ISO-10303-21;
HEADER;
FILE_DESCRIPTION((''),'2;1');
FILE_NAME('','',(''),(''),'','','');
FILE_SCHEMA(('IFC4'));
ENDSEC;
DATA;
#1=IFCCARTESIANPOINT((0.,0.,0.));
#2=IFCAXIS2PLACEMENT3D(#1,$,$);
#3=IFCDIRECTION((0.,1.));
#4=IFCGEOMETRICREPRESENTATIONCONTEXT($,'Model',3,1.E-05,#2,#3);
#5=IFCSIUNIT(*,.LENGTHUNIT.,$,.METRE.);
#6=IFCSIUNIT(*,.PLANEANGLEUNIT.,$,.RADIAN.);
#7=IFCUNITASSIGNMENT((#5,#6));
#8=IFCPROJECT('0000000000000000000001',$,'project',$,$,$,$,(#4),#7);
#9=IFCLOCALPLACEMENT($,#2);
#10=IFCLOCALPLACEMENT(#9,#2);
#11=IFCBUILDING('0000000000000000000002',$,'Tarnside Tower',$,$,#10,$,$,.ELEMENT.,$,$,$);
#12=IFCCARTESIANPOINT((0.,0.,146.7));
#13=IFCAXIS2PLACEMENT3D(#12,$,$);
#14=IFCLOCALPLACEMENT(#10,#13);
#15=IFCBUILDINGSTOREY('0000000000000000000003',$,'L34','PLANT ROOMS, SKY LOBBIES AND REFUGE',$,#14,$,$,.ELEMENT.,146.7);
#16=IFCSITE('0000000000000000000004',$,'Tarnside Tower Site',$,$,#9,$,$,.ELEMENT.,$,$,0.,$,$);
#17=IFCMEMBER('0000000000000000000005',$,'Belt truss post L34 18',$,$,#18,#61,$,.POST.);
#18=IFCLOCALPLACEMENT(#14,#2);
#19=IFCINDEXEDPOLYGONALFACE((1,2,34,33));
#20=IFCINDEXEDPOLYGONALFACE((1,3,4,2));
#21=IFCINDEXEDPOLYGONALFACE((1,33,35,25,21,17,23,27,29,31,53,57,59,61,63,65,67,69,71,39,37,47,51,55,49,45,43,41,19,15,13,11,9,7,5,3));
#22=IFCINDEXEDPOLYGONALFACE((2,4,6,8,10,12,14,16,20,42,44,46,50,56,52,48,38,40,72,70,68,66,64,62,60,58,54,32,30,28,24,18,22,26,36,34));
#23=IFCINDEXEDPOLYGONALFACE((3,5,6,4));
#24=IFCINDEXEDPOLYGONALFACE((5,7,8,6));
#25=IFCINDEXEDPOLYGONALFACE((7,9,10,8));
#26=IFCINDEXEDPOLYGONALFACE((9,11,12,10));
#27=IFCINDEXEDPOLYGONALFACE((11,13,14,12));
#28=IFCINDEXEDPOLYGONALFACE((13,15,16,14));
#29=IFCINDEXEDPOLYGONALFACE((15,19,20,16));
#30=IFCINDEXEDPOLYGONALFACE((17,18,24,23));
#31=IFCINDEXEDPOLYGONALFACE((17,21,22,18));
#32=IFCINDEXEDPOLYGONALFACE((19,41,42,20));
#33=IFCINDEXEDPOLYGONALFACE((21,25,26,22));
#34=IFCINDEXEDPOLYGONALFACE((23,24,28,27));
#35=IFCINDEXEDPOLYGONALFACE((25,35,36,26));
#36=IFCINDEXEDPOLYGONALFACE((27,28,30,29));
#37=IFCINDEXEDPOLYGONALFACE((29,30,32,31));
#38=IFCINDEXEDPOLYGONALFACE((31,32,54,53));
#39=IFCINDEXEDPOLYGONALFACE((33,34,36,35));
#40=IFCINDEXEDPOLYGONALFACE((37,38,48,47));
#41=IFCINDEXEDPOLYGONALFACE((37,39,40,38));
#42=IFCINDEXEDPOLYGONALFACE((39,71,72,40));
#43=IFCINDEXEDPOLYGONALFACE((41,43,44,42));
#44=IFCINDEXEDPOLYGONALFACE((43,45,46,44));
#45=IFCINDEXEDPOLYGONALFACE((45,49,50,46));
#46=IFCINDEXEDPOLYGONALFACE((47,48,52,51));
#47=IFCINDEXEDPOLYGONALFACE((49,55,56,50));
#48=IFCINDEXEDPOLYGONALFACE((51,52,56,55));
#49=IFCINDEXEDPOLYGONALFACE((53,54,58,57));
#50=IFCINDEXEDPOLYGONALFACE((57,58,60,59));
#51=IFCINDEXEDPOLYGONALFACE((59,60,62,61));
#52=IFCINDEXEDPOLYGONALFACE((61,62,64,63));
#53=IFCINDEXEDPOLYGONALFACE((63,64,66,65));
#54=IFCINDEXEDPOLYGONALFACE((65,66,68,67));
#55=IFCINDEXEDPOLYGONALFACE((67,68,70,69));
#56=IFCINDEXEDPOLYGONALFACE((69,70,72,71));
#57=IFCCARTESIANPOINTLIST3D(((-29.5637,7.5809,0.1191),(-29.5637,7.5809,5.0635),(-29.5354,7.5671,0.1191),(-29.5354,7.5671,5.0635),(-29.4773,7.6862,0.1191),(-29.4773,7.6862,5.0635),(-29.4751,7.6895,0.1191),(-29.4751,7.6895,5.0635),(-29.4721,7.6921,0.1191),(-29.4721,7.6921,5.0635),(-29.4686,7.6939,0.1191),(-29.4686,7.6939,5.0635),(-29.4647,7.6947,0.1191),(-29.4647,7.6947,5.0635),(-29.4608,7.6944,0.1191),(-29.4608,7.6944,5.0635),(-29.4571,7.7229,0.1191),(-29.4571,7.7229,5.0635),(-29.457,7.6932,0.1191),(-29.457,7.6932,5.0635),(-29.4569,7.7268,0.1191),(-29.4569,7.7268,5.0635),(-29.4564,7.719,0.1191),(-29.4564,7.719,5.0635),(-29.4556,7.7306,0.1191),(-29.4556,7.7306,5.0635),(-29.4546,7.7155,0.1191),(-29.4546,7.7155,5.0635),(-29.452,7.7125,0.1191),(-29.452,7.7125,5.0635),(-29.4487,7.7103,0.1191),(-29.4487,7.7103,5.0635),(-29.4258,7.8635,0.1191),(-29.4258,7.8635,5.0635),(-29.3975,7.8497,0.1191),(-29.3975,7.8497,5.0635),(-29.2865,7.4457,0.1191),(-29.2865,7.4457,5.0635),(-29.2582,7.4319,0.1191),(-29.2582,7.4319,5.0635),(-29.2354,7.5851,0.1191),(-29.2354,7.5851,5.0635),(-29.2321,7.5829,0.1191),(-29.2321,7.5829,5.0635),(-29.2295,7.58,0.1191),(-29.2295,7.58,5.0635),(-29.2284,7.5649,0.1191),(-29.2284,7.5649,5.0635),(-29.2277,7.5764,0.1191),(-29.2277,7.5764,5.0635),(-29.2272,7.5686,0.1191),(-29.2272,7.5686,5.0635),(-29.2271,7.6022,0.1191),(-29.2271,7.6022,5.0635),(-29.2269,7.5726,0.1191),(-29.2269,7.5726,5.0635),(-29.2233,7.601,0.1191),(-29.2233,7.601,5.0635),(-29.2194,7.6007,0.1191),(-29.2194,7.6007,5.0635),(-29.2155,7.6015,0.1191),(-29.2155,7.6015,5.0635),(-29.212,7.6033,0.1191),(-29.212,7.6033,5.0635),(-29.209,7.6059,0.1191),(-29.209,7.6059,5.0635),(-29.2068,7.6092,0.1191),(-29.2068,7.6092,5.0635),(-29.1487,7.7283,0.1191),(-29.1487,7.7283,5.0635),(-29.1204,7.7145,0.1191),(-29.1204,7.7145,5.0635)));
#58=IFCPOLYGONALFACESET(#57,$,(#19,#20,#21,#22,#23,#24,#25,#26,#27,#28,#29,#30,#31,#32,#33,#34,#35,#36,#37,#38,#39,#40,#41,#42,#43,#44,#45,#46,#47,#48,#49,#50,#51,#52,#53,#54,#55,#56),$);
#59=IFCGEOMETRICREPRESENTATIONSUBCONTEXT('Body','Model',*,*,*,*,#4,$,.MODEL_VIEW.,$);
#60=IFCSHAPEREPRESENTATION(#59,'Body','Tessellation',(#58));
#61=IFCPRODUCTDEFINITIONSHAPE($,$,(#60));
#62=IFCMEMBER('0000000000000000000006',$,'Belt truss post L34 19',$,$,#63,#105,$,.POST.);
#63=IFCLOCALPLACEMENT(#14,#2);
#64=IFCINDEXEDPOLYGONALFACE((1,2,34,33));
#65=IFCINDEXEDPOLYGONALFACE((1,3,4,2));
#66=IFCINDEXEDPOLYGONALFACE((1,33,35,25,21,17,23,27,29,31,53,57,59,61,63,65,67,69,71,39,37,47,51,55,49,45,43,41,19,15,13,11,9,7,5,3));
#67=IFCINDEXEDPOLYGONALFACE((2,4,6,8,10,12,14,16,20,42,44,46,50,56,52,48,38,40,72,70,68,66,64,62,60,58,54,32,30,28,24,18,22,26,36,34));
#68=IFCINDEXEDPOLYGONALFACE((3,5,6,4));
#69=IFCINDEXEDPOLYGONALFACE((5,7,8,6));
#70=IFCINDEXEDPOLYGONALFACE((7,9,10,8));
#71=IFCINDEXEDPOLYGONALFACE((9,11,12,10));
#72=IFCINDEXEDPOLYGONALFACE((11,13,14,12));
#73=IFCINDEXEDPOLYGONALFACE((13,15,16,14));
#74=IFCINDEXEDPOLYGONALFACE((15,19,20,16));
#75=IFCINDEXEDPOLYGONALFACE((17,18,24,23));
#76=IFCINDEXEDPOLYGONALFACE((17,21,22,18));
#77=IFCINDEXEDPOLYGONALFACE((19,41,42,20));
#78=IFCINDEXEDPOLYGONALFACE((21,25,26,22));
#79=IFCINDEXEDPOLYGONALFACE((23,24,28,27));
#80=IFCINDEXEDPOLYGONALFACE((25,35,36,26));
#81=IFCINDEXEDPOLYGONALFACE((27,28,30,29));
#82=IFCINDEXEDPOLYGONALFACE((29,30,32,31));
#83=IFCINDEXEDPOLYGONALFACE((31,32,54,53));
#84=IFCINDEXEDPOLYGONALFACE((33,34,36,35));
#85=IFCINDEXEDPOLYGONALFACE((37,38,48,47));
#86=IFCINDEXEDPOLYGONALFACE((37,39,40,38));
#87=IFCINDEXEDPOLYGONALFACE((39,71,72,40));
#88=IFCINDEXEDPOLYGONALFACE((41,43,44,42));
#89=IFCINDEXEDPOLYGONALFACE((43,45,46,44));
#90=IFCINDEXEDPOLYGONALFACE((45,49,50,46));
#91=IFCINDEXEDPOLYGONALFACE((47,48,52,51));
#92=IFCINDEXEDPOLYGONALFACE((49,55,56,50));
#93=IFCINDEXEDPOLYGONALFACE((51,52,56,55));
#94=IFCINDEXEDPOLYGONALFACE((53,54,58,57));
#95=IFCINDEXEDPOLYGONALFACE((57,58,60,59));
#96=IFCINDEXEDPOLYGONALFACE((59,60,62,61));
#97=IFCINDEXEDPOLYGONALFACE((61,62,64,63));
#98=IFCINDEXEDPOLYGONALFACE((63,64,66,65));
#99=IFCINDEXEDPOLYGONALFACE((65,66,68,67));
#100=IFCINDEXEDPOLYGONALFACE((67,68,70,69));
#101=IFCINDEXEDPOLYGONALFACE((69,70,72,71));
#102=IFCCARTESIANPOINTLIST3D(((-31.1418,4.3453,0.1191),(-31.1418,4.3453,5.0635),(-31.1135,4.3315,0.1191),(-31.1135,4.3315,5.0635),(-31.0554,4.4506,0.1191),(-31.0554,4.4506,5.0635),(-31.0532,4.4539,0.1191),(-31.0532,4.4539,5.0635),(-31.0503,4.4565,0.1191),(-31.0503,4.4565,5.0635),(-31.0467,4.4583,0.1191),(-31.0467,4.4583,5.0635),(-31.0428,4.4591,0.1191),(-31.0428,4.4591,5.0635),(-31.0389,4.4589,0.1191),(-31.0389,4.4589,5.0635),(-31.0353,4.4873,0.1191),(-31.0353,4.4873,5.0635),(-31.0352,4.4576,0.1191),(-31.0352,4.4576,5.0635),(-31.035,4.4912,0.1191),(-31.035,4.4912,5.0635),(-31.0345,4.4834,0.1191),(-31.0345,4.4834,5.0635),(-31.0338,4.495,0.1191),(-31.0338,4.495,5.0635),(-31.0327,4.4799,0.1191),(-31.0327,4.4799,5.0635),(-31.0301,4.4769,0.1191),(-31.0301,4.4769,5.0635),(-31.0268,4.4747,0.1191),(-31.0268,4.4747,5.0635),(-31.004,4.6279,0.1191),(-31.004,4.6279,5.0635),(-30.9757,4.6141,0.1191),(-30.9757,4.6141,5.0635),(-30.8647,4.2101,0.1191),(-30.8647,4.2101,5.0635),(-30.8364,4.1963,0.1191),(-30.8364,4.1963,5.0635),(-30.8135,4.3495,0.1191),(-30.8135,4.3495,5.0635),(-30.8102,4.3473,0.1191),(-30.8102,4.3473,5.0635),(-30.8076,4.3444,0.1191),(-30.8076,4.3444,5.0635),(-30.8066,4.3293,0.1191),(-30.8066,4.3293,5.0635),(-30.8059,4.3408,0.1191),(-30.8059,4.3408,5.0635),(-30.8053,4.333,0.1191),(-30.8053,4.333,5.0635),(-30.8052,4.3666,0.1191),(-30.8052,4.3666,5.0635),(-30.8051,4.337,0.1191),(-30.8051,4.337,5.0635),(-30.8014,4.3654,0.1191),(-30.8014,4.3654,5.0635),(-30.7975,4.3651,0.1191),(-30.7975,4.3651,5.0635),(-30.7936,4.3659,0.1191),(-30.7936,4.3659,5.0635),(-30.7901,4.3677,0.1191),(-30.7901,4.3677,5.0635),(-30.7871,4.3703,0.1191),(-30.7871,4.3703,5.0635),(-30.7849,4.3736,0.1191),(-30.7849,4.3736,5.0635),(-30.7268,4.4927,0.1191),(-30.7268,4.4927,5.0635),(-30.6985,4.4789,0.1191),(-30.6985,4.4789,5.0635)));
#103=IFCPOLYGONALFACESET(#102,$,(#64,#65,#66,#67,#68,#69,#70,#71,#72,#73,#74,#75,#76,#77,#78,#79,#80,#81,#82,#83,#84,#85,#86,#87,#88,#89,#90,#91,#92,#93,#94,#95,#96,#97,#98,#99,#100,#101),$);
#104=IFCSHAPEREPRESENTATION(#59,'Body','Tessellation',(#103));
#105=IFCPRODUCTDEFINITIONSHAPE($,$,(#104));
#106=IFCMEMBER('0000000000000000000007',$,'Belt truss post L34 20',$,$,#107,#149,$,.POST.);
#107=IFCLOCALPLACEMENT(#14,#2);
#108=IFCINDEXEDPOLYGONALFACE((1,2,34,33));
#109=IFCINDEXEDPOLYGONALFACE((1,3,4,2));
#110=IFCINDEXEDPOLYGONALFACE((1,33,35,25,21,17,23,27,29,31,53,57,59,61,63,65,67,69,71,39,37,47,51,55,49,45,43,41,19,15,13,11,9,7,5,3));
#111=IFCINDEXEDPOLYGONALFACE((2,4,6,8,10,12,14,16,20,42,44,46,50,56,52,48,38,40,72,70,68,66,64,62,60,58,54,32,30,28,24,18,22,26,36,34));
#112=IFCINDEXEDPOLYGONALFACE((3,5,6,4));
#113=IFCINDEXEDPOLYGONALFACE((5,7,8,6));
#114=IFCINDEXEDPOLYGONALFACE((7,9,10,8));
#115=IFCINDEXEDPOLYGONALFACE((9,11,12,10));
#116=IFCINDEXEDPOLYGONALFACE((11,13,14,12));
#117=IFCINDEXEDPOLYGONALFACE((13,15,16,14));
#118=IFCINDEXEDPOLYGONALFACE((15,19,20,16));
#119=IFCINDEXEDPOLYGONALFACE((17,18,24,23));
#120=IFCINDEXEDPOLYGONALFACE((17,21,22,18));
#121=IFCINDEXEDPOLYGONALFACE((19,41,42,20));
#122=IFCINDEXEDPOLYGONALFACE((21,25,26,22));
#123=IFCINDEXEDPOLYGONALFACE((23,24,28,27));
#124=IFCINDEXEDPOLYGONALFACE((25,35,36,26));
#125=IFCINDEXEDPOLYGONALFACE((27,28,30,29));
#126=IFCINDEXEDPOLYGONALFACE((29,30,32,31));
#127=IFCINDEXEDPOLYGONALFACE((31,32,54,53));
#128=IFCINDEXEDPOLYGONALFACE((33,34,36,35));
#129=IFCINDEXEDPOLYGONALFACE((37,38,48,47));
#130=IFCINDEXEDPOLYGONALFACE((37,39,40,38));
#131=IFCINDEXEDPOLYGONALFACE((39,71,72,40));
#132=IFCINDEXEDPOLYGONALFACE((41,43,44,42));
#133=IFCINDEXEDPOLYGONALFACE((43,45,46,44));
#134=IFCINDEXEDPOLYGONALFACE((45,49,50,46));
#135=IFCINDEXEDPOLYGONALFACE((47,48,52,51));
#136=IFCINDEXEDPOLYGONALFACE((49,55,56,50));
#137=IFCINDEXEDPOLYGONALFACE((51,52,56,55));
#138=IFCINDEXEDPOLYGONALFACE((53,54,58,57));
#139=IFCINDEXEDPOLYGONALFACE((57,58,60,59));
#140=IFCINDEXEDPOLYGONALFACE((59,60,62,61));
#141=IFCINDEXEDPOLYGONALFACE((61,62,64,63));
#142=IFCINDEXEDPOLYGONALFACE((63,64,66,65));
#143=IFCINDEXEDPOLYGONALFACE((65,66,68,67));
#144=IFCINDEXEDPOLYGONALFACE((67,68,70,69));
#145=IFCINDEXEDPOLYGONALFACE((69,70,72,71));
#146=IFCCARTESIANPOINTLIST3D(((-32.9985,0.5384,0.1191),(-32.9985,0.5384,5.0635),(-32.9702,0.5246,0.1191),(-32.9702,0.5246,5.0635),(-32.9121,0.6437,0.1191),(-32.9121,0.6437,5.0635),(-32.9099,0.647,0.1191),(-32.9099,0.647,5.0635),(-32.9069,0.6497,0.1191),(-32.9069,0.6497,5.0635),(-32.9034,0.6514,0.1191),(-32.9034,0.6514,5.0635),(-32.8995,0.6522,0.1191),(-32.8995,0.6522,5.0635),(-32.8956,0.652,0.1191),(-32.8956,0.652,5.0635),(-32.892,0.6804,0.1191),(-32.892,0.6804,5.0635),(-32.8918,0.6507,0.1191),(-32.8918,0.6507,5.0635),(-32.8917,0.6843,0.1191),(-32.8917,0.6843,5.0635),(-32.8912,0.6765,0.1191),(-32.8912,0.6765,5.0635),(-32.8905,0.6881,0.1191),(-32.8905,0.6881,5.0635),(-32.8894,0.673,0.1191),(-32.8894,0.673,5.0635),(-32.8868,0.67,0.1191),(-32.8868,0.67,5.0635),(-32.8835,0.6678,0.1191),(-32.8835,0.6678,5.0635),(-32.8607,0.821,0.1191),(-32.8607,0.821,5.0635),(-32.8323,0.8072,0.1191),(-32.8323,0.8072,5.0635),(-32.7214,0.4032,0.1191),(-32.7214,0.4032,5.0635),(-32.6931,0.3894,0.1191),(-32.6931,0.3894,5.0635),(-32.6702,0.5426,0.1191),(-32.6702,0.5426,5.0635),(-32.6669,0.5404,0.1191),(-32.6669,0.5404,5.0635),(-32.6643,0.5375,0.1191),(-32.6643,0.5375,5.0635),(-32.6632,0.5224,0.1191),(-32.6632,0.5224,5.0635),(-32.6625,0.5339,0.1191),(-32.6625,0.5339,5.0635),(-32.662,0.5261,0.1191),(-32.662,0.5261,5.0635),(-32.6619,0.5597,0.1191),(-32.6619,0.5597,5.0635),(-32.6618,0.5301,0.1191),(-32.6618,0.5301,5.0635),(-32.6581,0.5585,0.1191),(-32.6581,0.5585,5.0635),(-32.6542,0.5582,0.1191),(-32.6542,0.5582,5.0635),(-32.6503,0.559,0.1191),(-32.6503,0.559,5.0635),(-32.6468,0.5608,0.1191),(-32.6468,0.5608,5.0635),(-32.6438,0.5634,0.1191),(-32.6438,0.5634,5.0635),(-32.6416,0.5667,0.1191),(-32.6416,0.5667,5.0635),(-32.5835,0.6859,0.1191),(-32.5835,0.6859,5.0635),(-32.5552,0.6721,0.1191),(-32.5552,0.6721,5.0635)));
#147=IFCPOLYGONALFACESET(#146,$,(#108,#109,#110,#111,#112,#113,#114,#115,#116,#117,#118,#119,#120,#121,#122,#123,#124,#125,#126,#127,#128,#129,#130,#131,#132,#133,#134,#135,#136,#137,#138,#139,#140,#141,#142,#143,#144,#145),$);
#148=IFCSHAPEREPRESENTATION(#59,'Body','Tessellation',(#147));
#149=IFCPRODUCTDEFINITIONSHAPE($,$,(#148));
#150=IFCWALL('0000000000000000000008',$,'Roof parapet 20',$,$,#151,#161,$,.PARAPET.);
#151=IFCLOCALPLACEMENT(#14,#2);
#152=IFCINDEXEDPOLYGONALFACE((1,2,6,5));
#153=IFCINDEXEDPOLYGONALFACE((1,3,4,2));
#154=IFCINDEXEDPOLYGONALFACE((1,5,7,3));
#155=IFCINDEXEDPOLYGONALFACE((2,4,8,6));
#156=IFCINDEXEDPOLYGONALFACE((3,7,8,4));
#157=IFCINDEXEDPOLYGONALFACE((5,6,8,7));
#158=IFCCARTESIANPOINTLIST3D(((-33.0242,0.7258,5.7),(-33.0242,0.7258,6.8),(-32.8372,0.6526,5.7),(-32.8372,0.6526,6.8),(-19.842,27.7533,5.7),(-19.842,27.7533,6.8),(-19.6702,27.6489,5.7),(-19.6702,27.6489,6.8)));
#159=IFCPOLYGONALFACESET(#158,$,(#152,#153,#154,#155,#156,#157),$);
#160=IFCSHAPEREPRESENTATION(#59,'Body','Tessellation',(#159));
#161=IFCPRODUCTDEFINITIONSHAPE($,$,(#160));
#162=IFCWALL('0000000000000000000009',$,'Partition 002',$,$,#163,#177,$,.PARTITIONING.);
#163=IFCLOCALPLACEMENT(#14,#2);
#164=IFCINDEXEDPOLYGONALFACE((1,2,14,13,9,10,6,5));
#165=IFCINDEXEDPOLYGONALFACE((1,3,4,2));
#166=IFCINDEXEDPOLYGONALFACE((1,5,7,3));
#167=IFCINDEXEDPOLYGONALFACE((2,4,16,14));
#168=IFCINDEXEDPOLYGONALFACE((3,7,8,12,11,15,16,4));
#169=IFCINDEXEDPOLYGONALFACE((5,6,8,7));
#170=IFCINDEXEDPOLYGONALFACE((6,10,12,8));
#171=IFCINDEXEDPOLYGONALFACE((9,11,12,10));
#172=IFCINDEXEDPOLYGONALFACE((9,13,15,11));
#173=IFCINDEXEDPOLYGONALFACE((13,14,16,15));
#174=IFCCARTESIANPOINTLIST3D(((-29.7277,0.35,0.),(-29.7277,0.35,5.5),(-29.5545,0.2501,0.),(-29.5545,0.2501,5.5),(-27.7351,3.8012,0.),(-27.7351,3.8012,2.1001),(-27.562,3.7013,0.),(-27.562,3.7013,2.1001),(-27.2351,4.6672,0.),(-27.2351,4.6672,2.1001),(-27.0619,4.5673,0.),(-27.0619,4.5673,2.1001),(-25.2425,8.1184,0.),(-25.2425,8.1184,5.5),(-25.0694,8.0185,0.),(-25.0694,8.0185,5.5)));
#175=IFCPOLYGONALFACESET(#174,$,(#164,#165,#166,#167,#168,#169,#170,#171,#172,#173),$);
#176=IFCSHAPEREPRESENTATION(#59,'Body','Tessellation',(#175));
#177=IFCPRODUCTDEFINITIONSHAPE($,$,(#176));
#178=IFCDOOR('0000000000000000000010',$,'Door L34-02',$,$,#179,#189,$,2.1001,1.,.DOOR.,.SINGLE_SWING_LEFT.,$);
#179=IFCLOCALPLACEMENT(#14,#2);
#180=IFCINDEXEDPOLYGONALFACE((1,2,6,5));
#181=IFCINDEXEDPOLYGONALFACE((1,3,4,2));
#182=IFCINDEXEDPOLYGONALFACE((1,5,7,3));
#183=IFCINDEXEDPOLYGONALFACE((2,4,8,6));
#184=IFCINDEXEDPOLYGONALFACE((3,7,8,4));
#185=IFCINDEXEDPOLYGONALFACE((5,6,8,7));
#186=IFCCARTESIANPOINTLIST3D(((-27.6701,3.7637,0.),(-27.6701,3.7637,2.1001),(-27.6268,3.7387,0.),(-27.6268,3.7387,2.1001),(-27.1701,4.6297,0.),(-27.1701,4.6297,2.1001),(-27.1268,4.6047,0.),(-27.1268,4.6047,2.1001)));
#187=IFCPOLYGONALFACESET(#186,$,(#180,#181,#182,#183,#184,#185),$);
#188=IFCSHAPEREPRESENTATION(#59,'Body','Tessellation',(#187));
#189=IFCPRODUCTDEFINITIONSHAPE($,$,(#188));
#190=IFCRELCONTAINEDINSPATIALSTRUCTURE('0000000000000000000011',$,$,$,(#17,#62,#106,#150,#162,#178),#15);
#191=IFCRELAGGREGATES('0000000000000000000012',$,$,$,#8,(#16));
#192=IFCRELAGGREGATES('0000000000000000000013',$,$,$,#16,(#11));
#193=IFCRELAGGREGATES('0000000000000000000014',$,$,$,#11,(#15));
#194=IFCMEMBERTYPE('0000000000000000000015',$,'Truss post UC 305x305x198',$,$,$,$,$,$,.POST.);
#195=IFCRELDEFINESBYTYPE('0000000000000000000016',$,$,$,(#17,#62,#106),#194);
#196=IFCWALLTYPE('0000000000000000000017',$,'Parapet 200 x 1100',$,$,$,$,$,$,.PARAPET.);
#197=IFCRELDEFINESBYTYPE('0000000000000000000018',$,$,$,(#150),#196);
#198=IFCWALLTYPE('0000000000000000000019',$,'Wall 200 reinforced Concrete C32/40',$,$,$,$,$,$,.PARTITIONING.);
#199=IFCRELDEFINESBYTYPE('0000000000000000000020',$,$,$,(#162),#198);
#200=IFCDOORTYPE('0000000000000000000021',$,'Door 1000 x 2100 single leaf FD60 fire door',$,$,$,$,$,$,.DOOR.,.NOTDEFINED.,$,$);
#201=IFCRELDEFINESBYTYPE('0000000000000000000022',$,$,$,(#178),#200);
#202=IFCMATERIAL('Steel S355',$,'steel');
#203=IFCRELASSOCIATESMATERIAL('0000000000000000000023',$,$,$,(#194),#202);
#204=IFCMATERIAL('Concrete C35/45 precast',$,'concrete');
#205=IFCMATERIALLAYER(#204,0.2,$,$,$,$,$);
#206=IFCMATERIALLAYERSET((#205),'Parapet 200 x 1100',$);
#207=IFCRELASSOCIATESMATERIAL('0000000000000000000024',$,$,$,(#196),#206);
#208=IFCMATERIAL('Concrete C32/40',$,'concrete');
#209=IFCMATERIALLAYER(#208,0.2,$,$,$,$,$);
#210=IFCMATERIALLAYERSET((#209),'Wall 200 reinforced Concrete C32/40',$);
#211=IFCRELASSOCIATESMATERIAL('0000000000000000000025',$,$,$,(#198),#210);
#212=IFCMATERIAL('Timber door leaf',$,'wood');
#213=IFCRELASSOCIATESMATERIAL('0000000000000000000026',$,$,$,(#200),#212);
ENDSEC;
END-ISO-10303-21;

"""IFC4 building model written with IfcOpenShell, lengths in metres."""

from ifc_helpers import new_model, si_unit, direction, frame, frame_2d, origin, origin_2d, place, context, subcontext, project, spatial, polyline, rectangle, i_section, outline, extrude, material, layer, layer_set, material_profile, profile_set, type_object, element, fill, save


model = new_model("IFC4")

# Units and contexts
model_context = context("Model", 3, precision=1e-05, world=origin(), true_north=direction((0.0, 1.0)))
body_context = subcontext(model_context, "Body", "Model", "MODEL_VIEW")
ifc_project = project(units=[si_unit("LENGTHUNIT", "METRE"), si_unit("PLANEANGLEUNIT", "RADIAN")], contexts=[model_context])

# Site, building, storey
site_placement = place(None, origin())
site = spatial("IfcSite", under=ifc_project, at=site_placement, Name="Tarnside Tower Site", CompositionType="ELEMENT", RefElevation=0.0)
building_placement = place(site_placement, origin())
building = spatial("IfcBuilding", under=site, at=building_placement, Name="Tarnside Tower", CompositionType="ELEMENT")
storey_placement = place(building_placement, frame((0.0, 0.0, 146.7)))
storey = spatial("IfcBuildingStorey", under=building, at=storey_placement, Name="L34", Description="PLANT ROOMS, SKY LOBBIES AND REFUGE", CompositionType="ELEMENT", Elevation=146.7)

# Shared definitions
ifc_material_1 = material(Name="Steel S355", Category="steel")

# Members
ifc_material_profile_1 = material_profile(ifc_material_1, i_section(OverallWidth=0.3145, OverallDepth=0.3398, WebThickness=0.019, FlangeThickness=0.0315, FilletRadius=0.0151, at=origin_2d()), Name="UC 305x305x198")
ifc_profile_set_1 = profile_set([ifc_material_profile_1], Name="Steel S355")
member_type_1 = type_object("IfcMemberType", Name="Truss post UC 305x305x198", PredefinedType="POST", material=ifc_profile_set_1)
for number, where, z_axis, x_axis, name in (
    (1, (-29.342, 7.6477, 0.1191), (0.0, 0.0, 1.0), (-0.438371, -0.898794, 0.0), "Belt truss post L34 18"),
    (2, (-30.9202, 4.4121, 0.1191), (0.0, 0.0, 1.0), (-0.438371, -0.898794, 0.0), "Belt truss post L34 19"),
    (3, (-32.7769, 0.6052, 0.1191), (0.0, 0.0, 1.0), (-0.438371, -0.898794, 0.0), "Belt truss post L34 20"),
):
    element("IfcMember", number, at=place(storey_placement, frame(where, z_axis=z_axis, x_axis=x_axis)), inside=storey, type_object=member_type_1, Name=name, PredefinedType="POST", context=body_context, shape_type="SweptSolid", body=[
        extrude(i_section(OverallWidth=0.3145, OverallDepth=0.3398, WebThickness=0.019, FlangeThickness=0.0315, FilletRadius=0.0151, at=origin_2d()), origin(), (0.0, 0.0, 1.0), 4.9443),
    ])

# Wall
ifc_material_2 = material(Name="Concrete C35/45 precast", Category="concrete")
ifc_layer_1 = layer(ifc_material_2, 0.2)
ifc_layer_set_1 = layer_set([ifc_layer_1], Name="Parapet 200 x 1100")
wall_type_1 = type_object("IfcWallType", Name="Parapet 200 x 1100", PredefinedType="PARAPET", material=ifc_layer_set_1)
wall_1_placement = place(storey_placement, frame((-32.9307, 0.6892, 5.7), z_axis=(0.0, 0.0, 1.0), x_axis=(0.43837, 0.898795, 0.0)))
element("IfcWall", 4, at=wall_1_placement, inside=storey, type_object=wall_type_1, Name="Roof parapet 20", PredefinedType="PARAPET", context=body_context, shape_type="SweptSolid", body=[
    extrude(outline(polyline([(0.0081, -0.1001), (30.0442, -0.1001), (30.0627, 0.1001), (-0.0081, 0.1001), (0.0081, -0.1001)])), origin(), (0.0, 0.0, 1.0), 1.1001),
])

# Wall, opening, door
ifc_material_3 = material(Name="Concrete C32/40", Category="concrete")
ifc_layer_2 = layer(ifc_material_3, 0.2)
ifc_layer_set_2 = layer_set([ifc_layer_2], Name="Wall 200 reinforced Concrete C32/40")
wall_type_2 = type_object("IfcWallType", Name="Wall 200 reinforced Concrete C32/40", PredefinedType="PARTITIONING", material=ifc_layer_set_2)
wall_2_placement = place(storey_placement, frame((-29.6411, 0.3, 0.0), z_axis=(0.0, 0.0, 1.0), x_axis=(0.500006, 0.866022, 0.0)))
wall_2 = element("IfcWall", 5, at=wall_2_placement, inside=storey, type_object=wall_type_2, Name="Partition 002", PredefinedType="PARTITIONING", context=body_context, shape_type="SweptSolid", body=[
    extrude(rectangle(XDim=8.9702, YDim=0.2, at=frame_2d((4.4851, 0.0))), origin(), (0.0, 0.0, 1.0), 5.5),
])
opening_placement = place(wall_2_placement, frame((3.9851, 0.0, 0.0)))
opening = element("IfcOpeningElement", 6, at=opening_placement, cuts=wall_2, PredefinedType="OPENING", context=body_context, shape_type="SweptSolid", body=[
    extrude(rectangle(XDim=1.0, YDim=2.1001, at=frame_2d((0.5, 1.05))), frame((0.0, 0.1099, 0.0), z_axis=(0.0, -1.0, 0.0), x_axis=(1.0, 0.0, 0.0)), (0.0, 0.0, 1.0), 0.22),
])
ifc_material_4 = material(Name="Timber door leaf", Category="wood")
door_type = type_object("IfcDoorType", Name="Door 1000 x 2100 single leaf FD60 fire door", OperationType="NOTDEFINED", PredefinedType="DOOR", material=ifc_material_4)
door_placement = place(opening_placement, origin())
door = element("IfcDoor", 7, at=door_placement, inside=storey, type_object=door_type, Name="Door L34-02", OperationType="SINGLE_SWING_LEFT", OverallHeight=2.1001, OverallWidth=1.0, PredefinedType="DOOR", context=body_context, shape_type="SweptSolid", body=[
    extrude(rectangle(XDim=1.0, YDim=2.1001, at=frame_2d((0.5, 1.05))), frame((0.0, 0.0249, 0.0), z_axis=(0.0, -1.0, 0.0), x_axis=(1.0, 0.0, 0.0)), (0.0, 0.0, 1.0), 0.05),
])
fill(opening, door)

save(model, "model.ifc")
